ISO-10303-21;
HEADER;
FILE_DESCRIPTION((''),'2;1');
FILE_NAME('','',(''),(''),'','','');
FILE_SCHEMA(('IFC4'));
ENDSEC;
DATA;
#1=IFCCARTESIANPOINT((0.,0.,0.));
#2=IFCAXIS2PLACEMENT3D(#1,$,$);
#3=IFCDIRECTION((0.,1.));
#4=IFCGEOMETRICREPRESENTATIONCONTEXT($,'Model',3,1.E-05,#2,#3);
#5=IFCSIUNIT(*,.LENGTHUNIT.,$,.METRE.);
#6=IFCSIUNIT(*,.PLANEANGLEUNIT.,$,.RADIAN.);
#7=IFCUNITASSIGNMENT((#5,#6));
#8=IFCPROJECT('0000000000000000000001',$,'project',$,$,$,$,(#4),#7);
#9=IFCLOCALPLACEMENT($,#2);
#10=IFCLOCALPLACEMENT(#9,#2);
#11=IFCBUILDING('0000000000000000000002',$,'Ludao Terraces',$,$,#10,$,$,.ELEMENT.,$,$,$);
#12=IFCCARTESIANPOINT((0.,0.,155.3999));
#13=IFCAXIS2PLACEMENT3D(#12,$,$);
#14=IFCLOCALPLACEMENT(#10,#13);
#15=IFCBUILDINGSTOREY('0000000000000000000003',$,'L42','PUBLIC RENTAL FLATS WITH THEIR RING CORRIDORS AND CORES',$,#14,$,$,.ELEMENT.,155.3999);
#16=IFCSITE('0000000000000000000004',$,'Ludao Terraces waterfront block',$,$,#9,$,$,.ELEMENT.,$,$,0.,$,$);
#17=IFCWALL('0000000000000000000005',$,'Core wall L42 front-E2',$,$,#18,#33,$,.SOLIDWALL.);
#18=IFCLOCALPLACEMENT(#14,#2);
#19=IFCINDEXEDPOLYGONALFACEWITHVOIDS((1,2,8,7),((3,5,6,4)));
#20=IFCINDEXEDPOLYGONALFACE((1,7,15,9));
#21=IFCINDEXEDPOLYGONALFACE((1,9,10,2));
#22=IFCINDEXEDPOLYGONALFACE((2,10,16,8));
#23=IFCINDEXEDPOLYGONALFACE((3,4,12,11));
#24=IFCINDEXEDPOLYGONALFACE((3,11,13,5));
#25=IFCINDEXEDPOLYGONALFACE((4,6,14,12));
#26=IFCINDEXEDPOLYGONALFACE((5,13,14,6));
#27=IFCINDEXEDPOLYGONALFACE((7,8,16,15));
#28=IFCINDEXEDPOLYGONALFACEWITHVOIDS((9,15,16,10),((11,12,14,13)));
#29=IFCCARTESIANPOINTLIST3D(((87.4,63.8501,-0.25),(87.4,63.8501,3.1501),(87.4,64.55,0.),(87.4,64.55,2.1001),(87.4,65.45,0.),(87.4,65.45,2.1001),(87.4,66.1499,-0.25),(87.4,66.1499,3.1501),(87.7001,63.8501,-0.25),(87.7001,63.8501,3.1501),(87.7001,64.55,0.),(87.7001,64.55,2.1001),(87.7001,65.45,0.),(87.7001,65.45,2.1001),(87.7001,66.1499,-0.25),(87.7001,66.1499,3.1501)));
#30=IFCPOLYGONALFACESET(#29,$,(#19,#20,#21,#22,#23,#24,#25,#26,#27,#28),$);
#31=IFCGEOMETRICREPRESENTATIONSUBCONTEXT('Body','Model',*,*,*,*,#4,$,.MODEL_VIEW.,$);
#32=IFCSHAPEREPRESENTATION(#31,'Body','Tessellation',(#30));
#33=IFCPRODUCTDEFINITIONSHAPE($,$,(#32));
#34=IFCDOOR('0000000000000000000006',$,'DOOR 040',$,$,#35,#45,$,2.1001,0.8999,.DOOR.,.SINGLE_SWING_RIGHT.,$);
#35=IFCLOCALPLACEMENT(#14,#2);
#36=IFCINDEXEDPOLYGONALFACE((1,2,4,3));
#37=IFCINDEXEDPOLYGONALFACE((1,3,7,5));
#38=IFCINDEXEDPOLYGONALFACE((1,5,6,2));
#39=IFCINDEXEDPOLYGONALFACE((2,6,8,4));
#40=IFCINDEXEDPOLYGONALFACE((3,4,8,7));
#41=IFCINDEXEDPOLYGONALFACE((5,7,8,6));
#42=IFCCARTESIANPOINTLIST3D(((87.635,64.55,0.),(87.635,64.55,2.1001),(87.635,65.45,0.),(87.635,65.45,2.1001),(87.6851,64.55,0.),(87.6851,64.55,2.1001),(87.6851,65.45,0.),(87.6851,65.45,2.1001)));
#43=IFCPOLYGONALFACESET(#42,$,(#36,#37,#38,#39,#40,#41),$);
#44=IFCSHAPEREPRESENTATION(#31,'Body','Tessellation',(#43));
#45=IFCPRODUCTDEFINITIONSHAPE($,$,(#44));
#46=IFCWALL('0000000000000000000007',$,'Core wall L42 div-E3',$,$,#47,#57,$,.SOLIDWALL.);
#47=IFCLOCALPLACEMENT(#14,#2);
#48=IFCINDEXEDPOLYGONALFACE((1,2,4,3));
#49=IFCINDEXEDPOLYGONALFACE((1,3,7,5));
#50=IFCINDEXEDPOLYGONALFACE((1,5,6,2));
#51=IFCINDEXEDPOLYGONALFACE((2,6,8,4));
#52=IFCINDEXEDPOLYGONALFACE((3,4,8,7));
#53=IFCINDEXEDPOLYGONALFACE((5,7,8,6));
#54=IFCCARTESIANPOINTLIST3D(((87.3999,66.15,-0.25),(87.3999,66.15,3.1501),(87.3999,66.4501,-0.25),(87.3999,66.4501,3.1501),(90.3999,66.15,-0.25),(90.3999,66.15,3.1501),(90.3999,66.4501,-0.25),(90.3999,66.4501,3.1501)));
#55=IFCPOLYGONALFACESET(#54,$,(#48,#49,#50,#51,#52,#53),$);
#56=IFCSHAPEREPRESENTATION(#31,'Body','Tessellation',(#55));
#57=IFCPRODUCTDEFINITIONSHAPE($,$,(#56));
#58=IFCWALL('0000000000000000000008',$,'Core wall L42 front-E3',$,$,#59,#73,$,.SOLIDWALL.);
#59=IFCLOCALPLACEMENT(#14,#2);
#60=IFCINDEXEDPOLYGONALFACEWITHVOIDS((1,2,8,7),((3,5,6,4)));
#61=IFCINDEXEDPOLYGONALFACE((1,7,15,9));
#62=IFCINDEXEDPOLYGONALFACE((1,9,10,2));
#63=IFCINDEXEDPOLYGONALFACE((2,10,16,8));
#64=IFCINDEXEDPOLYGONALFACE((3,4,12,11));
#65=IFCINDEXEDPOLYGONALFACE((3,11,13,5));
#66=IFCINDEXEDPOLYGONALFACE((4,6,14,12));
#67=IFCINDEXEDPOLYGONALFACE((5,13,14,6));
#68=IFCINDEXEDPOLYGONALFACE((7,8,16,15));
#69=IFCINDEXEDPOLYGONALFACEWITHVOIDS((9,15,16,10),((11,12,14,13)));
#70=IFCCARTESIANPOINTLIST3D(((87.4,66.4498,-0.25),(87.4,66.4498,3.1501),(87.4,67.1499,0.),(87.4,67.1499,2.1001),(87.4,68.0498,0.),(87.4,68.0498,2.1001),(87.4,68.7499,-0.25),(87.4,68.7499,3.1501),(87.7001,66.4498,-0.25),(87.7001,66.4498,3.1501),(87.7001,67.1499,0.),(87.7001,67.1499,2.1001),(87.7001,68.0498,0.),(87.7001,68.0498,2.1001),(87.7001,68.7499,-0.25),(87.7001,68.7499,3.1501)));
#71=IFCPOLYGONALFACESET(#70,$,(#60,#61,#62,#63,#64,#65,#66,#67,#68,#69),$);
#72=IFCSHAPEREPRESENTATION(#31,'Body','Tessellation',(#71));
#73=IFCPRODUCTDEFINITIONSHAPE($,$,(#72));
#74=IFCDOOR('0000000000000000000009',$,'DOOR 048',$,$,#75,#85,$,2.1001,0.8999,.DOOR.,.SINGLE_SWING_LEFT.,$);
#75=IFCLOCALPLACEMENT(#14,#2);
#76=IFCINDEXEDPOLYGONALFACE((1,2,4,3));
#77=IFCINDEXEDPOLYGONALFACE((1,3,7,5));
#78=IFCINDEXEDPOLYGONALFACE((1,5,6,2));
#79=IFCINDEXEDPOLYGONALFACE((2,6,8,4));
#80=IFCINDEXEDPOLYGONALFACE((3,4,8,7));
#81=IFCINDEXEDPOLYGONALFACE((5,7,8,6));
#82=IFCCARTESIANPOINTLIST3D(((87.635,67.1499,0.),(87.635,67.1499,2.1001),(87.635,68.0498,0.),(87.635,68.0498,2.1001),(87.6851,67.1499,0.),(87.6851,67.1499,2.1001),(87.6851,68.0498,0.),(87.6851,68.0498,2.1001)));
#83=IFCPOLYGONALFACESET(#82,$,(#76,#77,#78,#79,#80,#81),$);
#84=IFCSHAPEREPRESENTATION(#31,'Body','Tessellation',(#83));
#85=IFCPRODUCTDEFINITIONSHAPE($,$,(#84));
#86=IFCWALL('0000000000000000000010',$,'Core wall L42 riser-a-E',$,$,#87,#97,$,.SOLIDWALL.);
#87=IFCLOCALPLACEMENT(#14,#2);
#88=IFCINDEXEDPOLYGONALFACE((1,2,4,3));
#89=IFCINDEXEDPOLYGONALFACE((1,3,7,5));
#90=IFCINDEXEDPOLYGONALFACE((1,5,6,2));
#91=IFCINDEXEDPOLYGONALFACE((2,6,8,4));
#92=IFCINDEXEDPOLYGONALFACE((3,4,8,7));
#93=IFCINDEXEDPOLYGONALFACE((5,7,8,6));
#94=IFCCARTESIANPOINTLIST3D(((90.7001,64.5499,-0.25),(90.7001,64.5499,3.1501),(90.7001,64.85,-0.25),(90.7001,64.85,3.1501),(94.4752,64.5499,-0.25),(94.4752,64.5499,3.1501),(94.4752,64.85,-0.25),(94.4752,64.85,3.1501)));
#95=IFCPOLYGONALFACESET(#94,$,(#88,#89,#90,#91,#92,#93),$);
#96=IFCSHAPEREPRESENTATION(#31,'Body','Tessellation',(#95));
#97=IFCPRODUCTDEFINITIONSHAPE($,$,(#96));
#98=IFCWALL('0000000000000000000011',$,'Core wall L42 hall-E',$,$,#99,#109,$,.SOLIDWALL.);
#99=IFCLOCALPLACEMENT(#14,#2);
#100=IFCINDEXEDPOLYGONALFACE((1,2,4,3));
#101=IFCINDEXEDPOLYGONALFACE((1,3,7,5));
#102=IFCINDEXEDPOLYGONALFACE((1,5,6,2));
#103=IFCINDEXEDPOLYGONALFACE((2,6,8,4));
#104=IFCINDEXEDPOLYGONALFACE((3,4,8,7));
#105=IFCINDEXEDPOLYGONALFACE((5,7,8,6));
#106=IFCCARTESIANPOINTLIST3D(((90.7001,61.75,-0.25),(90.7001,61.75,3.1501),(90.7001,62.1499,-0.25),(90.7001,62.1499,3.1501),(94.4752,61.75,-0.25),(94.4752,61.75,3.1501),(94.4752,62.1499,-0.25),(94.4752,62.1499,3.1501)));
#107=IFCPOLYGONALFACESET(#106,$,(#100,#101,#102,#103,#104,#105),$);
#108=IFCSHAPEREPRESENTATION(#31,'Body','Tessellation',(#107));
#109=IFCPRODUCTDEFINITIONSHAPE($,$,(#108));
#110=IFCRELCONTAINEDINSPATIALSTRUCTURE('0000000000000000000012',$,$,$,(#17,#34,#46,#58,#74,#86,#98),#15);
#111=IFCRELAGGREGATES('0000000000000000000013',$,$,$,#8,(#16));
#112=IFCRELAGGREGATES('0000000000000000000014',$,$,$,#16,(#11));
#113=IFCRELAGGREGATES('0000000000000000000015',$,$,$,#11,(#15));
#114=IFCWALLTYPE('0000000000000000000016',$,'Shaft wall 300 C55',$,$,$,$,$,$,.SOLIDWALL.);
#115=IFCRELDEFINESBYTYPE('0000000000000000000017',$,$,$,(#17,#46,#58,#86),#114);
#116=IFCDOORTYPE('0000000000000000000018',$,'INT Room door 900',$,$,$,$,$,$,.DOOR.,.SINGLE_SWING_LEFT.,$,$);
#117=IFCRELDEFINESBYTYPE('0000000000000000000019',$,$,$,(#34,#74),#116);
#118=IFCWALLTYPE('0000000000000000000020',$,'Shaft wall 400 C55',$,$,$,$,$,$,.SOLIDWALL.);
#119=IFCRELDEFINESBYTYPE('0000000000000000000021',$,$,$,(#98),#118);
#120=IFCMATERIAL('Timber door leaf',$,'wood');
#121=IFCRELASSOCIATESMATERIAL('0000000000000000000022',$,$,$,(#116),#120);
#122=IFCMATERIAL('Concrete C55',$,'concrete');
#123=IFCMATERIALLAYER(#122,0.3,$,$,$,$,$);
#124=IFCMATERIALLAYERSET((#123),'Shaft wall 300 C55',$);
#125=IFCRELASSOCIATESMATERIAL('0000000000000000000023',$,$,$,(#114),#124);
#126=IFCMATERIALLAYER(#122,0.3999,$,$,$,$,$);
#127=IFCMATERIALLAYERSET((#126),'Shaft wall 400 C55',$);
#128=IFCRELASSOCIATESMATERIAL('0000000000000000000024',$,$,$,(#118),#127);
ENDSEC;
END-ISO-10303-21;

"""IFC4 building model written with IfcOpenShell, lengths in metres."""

from ifc_helpers import new_model, si_unit, direction, frame, frame_2d, origin, place, context, subcontext, project, spatial, rectangle, extrude, material, layer, layer_set, type_object, element, fill, save


model = new_model("IFC4")

# Units and contexts
model_context = context("Model", 3, precision=1e-05, world=origin(), true_north=direction((0.0, 1.0)))
body_context = subcontext(model_context, "Body", "Model", "MODEL_VIEW")
ifc_project = project(units=[si_unit("LENGTHUNIT", "METRE"), si_unit("PLANEANGLEUNIT", "RADIAN")], contexts=[model_context])

# Site, building, storey
site_placement = place(None, origin())
site = spatial("IfcSite", under=ifc_project, at=site_placement, Name="Ludao Terraces waterfront block", CompositionType="ELEMENT", RefElevation=0.0)
building_placement = place(site_placement, origin())
building = spatial("IfcBuilding", under=site, at=building_placement, Name="Ludao Terraces", CompositionType="ELEMENT")
storey_placement = place(building_placement, frame((0.0, 0.0, 155.3999)))
storey = spatial("IfcBuildingStorey", under=building, at=storey_placement, Name="L42", Description="PUBLIC RENTAL FLATS WITH THEIR RING CORRIDORS AND CORES", CompositionType="ELEMENT", Elevation=155.3999)

# Shared definitions
ifc_material_1 = material(Name="Timber door leaf", Category="wood")
door_type_1 = type_object("IfcDoorType", Name="INT Room door 900", OperationType="SINGLE_SWING_LEFT", PredefinedType="DOOR", material=ifc_material_1)

# Shared definitions
ifc_material_2 = material(Name="Concrete C55", Category="concrete")
ifc_layer_1 = layer(ifc_material_2, 0.3)
ifc_layer_set_1 = layer_set([ifc_layer_1], Name="Shaft wall 300 C55")
wall_type_1 = type_object("IfcWallType", Name="Shaft wall 300 C55", PredefinedType="SOLIDWALL", material=ifc_layer_set_1)

# Wall, opening, door
wall_1_placement = place(storey_placement, frame((87.55, 63.8501, -0.25), z_axis=(0.0, 0.0, 1.0), x_axis=(0.0, 1.0, 0.0)))
wall_1 = element("IfcWall", 1, at=wall_1_placement, inside=storey, type_object=wall_type_1, Name="Core wall L42 front-E2", PredefinedType="SOLIDWALL", context=body_context, shape_type="SweptSolid", body=[
    extrude(rectangle(XDim=2.2998, YDim=0.3, at=frame_2d((1.1499, 0.0))), origin(), (0.0, 0.0, 1.0), 3.4001),
])
opening_1_placement = place(wall_1_placement, frame((0.7, 0.0, 0.25)))
opening_1 = element("IfcOpeningElement", 2, at=opening_1_placement, cuts=wall_1, PredefinedType="OPENING", context=body_context, shape_type="SweptSolid", body=[
    extrude(rectangle(XDim=0.8999, YDim=2.1001, at=frame_2d((0.45, 1.05))), frame((0.0, 0.1602, 0.0), z_axis=(0.0, -1.0, 0.0), x_axis=(1.0, 0.0, 0.0)), (0.0, 0.0, 1.0), 0.3201),
])
door_1_placement = place(opening_1_placement, origin())
door_1 = element("IfcDoor", 3, at=door_1_placement, inside=storey, type_object=door_type_1, Name="DOOR 040", OperationType="SINGLE_SWING_RIGHT", OverallHeight=2.1001, OverallWidth=0.8999, PredefinedType="DOOR", context=body_context, shape_type="SweptSolid", body=[
    extrude(rectangle(XDim=0.8999, YDim=2.1001, at=frame_2d((0.45, 1.05))), frame((0.0, -0.085, 0.0), z_axis=(0.0, -1.0, 0.0), x_axis=(1.0, 0.0, 0.0)), (0.0, 0.0, 1.0), 0.05),
])
fill(opening_1, door_1)

# Wall
wall_2_placement = place(storey_placement, frame((87.3999, 66.3, -0.25), z_axis=(0.0, 0.0, 1.0), x_axis=(1.0, 0.0, 0.0)))
element("IfcWall", 4, at=wall_2_placement, inside=storey, type_object=wall_type_1, Name="Core wall L42 div-E3", PredefinedType="SOLIDWALL", context=body_context, shape_type="SweptSolid", body=[
    extrude(rectangle(XDim=3.0, YDim=0.3, at=frame_2d((1.5, 0.0))), origin(), (0.0, 0.0, 1.0), 3.4001),
])

# Wall, opening, door
wall_3_placement = place(storey_placement, frame((87.55, 66.45, -0.25), z_axis=(0.0, 0.0, 1.0), x_axis=(0.0, 1.0, 0.0)))
wall_3 = element("IfcWall", 5, at=wall_3_placement, inside=storey, type_object=wall_type_1, Name="Core wall L42 front-E3", PredefinedType="SOLIDWALL", context=body_context, shape_type="SweptSolid", body=[
    extrude(rectangle(XDim=2.3, YDim=0.3, at=frame_2d((1.1499, 0.0))), origin(), (0.0, 0.0, 1.0), 3.4001),
])
opening_2_placement = place(wall_3_placement, frame((0.7, 0.0, 0.25)))
opening_2 = element("IfcOpeningElement", 6, at=opening_2_placement, cuts=wall_3, PredefinedType="OPENING", context=body_context, shape_type="SweptSolid", body=[
    extrude(rectangle(XDim=0.8999, YDim=2.1001, at=frame_2d((0.45, 1.05))), frame((0.0, 0.1602, 0.0), z_axis=(0.0, -1.0, 0.0), x_axis=(1.0, 0.0, 0.0)), (0.0, 0.0, 1.0), 0.3201),
])
door_2_placement = place(opening_2_placement, origin())
door_2 = element("IfcDoor", 7, at=door_2_placement, inside=storey, type_object=door_type_1, Name="DOOR 048", OperationType="SINGLE_SWING_LEFT", OverallHeight=2.1001, OverallWidth=0.8999, PredefinedType="DOOR", context=body_context, shape_type="SweptSolid", body=[
    extrude(rectangle(XDim=0.8999, YDim=2.1001, at=frame_2d((0.45, 1.05))), frame((0.0, -0.085, 0.0), z_axis=(0.0, -1.0, 0.0), x_axis=(1.0, 0.0, 0.0)), (0.0, 0.0, 1.0), 0.05),
])
fill(opening_2, door_2)

# Walls
wall_4_placement = place(storey_placement, frame((90.7, 64.7, -0.25), z_axis=(0.0, 0.0, 1.0), x_axis=(1.0, 0.0, 0.0)))
element("IfcWall", 8, at=wall_4_placement, inside=storey, type_object=wall_type_1, Name="Core wall L42 riser-a-E", PredefinedType="SOLIDWALL", context=body_context, shape_type="SweptSolid", body=[
    extrude(rectangle(XDim=3.7751, YDim=0.3, at=frame_2d((1.8877, 0.0))), origin(), (0.0, 0.0, 1.0), 3.4001),
])
ifc_layer_2 = layer(ifc_material_2, 0.3999)
ifc_layer_set_2 = layer_set([ifc_layer_2], Name="Shaft wall 400 C55")
wall_type_2 = type_object("IfcWallType", Name="Shaft wall 400 C55", PredefinedType="SOLIDWALL", material=ifc_layer_set_2)
wall_5_placement = place(storey_placement, frame((90.7, 61.95, -0.25), z_axis=(0.0, 0.0, 1.0), x_axis=(1.0, 0.0, 0.0)))
element("IfcWall", 9, at=wall_5_placement, inside=storey, type_object=wall_type_2, Name="Core wall L42 hall-E", PredefinedType="SOLIDWALL", context=body_context, shape_type="SweptSolid", body=[
    extrude(rectangle(XDim=3.7751, YDim=0.3999, at=frame_2d((1.8877, 0.0))), origin(), (0.0, 0.0, 1.0), 3.4001),
])

save(model, "model.ifc")
